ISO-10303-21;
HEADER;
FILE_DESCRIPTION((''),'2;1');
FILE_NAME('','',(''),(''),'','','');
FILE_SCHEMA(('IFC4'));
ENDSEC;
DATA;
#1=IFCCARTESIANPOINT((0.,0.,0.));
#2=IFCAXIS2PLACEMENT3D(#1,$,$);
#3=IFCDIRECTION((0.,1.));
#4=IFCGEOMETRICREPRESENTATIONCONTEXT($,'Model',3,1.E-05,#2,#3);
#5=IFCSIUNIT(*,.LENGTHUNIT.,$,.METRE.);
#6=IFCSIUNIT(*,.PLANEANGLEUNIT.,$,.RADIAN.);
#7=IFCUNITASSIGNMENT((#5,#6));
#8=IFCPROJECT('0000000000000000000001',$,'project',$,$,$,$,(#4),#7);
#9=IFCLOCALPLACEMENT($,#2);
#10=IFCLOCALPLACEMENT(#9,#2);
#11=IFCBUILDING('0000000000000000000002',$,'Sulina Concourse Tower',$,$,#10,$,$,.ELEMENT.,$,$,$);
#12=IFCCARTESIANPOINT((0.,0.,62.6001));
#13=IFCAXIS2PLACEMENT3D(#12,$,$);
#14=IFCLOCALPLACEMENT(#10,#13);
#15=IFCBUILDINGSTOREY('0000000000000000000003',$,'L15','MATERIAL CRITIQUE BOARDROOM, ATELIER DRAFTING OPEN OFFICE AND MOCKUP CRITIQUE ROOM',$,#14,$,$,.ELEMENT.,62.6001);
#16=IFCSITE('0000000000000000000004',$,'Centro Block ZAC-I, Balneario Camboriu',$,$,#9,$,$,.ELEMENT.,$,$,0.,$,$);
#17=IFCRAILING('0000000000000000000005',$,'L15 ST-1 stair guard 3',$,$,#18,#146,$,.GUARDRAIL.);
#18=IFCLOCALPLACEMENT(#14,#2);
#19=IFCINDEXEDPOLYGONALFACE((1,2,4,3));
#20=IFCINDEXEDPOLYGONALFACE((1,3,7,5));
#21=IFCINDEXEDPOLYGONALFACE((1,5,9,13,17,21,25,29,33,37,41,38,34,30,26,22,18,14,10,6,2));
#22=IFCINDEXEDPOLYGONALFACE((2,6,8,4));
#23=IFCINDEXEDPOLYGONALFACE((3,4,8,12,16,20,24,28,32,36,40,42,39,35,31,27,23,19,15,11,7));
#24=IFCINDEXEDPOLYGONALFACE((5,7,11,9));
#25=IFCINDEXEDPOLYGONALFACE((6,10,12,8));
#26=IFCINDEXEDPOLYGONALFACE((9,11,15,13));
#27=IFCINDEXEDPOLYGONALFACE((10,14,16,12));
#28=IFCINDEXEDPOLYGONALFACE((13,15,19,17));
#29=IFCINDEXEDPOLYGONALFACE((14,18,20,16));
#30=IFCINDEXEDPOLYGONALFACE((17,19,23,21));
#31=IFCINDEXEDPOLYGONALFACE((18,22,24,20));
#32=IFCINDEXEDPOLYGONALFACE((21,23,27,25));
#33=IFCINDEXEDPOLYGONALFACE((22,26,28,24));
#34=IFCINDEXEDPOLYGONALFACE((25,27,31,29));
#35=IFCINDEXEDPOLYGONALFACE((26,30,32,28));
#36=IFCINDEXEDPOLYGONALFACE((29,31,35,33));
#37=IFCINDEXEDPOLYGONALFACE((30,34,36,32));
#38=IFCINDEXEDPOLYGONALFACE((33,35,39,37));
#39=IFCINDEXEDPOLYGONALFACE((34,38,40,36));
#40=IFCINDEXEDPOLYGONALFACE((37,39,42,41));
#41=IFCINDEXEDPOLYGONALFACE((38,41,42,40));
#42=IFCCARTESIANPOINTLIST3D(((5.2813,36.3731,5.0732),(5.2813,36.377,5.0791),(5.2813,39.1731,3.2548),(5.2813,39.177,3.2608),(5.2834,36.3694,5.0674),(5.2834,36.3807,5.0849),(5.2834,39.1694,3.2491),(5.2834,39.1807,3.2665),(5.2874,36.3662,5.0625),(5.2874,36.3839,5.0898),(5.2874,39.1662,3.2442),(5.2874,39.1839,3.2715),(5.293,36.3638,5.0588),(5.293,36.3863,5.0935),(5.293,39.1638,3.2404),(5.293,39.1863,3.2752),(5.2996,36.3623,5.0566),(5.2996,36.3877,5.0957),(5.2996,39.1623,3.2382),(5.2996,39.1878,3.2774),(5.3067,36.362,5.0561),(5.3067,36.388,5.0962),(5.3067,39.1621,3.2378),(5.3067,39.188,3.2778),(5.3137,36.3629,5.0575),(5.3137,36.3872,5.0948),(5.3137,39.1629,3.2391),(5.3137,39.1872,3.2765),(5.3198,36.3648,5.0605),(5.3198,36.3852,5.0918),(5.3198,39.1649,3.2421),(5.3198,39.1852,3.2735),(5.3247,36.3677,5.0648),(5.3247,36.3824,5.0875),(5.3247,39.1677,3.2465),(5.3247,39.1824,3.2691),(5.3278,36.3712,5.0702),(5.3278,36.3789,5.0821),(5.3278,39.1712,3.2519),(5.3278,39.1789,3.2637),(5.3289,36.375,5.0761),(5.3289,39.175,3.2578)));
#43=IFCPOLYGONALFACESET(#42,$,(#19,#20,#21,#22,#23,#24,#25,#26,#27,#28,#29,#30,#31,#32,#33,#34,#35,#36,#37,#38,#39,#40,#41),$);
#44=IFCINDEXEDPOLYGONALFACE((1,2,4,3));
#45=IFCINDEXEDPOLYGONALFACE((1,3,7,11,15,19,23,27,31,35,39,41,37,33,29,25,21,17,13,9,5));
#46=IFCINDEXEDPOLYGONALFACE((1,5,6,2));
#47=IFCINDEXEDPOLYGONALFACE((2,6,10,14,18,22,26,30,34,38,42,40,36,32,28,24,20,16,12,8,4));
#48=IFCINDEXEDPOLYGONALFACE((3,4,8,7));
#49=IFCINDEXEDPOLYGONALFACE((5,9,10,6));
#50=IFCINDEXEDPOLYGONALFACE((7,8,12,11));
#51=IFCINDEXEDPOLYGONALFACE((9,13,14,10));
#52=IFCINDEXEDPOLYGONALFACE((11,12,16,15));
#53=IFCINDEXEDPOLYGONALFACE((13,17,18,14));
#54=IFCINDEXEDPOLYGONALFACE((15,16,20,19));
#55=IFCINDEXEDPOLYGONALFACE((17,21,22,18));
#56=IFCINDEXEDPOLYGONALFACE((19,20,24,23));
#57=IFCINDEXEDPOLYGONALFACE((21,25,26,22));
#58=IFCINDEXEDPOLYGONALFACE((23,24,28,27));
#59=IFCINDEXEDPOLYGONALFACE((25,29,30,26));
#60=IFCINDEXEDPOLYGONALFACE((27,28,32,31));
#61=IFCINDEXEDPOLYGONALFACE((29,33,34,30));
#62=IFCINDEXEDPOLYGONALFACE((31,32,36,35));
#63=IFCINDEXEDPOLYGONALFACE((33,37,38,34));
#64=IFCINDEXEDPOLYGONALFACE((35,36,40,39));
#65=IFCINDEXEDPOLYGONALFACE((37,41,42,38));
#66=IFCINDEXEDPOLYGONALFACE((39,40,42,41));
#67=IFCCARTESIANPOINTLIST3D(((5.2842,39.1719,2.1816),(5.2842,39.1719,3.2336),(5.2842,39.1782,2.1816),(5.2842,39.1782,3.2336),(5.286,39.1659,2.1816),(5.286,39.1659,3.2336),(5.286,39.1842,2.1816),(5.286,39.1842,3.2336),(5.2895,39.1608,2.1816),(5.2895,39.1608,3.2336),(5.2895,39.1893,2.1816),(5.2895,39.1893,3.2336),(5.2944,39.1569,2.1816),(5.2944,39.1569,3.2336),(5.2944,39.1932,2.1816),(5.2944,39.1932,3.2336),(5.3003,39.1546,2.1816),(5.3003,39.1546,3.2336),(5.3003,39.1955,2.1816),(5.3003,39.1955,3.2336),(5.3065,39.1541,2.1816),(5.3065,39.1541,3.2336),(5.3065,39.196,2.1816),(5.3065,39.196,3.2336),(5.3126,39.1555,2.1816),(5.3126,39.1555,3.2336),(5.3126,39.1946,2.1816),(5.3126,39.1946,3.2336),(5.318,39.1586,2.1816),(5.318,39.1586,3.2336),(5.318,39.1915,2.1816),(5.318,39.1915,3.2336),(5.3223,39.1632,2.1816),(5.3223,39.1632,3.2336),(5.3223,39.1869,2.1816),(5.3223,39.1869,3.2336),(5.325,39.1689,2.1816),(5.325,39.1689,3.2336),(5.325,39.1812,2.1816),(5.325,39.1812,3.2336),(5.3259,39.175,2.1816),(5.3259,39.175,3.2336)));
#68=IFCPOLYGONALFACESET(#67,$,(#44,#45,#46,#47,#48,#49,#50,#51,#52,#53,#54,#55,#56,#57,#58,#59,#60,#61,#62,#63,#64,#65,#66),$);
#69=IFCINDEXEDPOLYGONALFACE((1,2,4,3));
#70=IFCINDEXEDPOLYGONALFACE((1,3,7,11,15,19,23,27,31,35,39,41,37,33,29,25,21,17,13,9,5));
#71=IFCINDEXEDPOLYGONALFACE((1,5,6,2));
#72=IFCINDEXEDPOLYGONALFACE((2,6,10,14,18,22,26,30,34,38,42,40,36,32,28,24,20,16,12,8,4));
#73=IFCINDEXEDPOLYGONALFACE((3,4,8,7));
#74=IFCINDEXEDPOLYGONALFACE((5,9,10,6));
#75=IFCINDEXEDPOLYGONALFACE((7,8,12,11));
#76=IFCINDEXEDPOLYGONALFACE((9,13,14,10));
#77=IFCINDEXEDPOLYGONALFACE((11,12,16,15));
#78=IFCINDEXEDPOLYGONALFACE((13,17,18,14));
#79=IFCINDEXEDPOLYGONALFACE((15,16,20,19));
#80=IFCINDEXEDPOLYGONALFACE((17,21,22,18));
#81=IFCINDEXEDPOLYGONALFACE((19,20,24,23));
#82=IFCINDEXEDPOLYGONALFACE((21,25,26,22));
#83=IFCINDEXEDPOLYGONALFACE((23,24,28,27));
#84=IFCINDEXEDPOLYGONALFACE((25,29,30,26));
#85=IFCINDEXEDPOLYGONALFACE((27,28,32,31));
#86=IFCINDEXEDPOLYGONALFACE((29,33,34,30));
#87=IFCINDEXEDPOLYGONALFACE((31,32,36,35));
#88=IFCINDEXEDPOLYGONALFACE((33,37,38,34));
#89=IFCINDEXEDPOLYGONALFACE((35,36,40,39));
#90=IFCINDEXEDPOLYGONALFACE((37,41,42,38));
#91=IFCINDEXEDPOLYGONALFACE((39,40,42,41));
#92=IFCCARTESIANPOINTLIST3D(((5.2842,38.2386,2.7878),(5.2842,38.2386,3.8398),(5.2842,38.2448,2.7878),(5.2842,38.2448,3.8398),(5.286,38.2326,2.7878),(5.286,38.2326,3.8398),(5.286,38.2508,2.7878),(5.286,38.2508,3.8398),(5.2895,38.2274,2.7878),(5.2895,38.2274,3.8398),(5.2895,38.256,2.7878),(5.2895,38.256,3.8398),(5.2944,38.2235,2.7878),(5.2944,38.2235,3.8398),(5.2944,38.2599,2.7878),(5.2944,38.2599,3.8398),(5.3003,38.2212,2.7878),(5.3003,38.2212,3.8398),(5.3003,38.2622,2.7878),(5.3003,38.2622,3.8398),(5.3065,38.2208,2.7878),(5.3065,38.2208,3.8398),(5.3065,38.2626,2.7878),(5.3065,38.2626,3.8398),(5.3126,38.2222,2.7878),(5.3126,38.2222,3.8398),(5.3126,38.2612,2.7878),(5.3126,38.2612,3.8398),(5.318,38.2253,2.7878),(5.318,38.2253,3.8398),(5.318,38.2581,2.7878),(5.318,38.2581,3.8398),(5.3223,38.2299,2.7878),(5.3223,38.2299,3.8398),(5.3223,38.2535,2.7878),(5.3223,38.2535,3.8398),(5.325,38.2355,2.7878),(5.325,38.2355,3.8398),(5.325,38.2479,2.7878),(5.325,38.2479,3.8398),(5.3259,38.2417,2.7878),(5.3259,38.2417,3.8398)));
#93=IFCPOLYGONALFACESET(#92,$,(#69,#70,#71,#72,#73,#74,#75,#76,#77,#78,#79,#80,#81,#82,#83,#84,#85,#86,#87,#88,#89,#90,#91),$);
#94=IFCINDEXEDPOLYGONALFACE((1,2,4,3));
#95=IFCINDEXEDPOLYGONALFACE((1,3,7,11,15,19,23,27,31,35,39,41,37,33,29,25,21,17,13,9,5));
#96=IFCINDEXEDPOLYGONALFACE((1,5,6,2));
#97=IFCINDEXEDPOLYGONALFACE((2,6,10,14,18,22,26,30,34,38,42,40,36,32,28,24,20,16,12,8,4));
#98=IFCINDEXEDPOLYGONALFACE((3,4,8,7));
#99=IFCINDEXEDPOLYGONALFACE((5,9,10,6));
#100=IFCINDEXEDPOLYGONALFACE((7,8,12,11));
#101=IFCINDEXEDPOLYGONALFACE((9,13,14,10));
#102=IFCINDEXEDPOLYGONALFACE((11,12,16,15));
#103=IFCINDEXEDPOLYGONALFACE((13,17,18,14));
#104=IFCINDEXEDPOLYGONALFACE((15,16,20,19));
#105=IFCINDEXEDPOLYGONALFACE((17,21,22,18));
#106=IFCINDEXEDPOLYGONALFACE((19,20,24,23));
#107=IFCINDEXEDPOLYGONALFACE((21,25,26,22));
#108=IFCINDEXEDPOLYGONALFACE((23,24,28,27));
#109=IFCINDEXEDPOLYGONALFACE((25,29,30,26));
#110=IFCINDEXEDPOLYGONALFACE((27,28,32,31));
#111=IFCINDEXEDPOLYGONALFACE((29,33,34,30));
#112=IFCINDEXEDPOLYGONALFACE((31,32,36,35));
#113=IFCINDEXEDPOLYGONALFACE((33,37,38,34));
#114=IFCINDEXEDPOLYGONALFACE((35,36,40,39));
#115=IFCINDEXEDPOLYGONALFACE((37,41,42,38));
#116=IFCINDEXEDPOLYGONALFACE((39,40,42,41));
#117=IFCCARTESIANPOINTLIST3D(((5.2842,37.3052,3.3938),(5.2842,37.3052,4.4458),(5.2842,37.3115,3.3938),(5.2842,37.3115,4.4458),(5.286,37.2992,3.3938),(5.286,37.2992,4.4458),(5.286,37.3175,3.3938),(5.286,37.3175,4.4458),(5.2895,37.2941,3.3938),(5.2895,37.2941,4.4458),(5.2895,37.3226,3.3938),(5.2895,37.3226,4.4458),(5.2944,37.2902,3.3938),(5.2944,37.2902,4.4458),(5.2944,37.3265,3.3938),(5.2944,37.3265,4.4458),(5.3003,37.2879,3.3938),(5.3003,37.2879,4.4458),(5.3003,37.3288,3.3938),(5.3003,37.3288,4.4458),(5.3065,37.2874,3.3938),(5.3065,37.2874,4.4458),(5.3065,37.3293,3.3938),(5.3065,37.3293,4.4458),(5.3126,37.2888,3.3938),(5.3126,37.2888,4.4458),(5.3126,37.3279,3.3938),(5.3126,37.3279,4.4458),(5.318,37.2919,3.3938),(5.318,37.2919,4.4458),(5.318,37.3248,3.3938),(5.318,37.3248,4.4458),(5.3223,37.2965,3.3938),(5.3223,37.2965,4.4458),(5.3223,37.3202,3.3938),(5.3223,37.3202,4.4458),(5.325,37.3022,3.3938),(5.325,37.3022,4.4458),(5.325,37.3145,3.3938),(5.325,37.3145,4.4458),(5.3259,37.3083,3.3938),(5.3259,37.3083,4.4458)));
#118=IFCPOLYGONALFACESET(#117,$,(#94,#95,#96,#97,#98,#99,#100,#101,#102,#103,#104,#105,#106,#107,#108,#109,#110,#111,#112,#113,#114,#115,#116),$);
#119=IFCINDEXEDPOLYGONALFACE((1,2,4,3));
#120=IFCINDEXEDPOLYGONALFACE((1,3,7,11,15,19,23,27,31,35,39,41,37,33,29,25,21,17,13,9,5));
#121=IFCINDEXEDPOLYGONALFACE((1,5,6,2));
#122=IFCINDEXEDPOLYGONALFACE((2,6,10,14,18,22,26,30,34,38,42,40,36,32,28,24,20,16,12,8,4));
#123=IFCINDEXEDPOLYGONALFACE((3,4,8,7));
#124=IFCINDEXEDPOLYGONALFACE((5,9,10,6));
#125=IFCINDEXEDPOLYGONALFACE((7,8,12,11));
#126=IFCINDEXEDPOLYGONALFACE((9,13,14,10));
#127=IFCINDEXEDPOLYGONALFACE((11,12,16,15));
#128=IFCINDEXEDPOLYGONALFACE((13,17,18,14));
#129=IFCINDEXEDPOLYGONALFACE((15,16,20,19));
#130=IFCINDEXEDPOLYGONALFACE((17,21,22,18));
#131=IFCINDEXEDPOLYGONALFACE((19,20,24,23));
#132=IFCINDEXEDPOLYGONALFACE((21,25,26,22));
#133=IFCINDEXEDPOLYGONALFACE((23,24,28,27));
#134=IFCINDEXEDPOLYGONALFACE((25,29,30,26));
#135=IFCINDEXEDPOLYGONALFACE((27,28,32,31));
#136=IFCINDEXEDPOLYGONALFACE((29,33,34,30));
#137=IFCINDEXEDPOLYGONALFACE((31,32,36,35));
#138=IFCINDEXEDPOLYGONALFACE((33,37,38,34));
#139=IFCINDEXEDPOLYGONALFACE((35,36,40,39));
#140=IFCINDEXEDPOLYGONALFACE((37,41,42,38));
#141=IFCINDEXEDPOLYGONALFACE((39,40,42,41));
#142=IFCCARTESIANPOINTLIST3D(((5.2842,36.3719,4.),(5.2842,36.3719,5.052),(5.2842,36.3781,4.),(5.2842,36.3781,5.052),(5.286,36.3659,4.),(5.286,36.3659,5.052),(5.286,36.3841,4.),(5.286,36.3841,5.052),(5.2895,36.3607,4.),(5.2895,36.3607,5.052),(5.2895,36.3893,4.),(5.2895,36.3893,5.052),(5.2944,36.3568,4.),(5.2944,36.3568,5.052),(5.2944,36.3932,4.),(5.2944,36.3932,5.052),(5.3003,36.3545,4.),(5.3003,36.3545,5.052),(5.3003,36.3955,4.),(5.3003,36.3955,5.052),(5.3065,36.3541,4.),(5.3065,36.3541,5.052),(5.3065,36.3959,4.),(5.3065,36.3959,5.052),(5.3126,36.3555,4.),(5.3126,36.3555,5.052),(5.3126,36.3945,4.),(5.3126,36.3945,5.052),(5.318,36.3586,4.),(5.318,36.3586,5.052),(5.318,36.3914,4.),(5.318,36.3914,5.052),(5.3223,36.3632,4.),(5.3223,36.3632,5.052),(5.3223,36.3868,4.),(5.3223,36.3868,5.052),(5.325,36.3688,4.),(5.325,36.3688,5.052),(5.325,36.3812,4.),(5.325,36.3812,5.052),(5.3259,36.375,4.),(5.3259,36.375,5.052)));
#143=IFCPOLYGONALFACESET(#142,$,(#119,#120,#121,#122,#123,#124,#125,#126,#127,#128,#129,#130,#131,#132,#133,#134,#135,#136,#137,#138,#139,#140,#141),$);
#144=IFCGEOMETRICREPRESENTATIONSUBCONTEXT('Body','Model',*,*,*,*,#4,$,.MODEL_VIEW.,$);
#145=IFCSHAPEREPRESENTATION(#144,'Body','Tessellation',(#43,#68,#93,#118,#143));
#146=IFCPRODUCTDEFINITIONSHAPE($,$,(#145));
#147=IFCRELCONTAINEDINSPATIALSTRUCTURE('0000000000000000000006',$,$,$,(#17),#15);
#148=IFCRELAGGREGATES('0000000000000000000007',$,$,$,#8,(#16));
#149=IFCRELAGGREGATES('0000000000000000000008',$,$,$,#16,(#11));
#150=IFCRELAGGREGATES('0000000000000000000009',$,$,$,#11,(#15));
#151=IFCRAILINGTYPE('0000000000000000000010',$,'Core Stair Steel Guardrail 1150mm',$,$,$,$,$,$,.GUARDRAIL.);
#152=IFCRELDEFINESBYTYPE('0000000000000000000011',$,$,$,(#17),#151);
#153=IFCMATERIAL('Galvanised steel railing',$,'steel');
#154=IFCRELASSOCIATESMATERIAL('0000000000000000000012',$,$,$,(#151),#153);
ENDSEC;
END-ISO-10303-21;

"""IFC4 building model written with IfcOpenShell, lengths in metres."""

from ifc_helpers import new_model, si_unit, direction, frame, origin, origin_2d, place, context, subcontext, project, spatial, circle, extrude, material, type_object, element, save


model = new_model("IFC4")

# Units and contexts
model_context = context("Model", 3, precision=1e-05, world=origin(), true_north=direction((0.0, 1.0)))
body_context = subcontext(model_context, "Body", "Model", "MODEL_VIEW")
ifc_project = project(units=[si_unit("LENGTHUNIT", "METRE"), si_unit("PLANEANGLEUNIT", "RADIAN")], contexts=[model_context])

# Site, building, storey
site_placement = place(None, origin())
site = spatial("IfcSite", under=ifc_project, at=site_placement, Name="Centro Block ZAC-I, Balneario Camboriu", CompositionType="ELEMENT", RefElevation=0.0)
building_placement = place(site_placement, origin())
building = spatial("IfcBuilding", under=site, at=building_placement, Name="Sulina Concourse Tower", CompositionType="ELEMENT")
storey_placement = place(building_placement, frame((0.0, 0.0, 62.6001)))
storey = spatial("IfcBuildingStorey", under=building, at=storey_placement, Name="L15", Description="MATERIAL CRITIQUE BOARDROOM, ATELIER DRAFTING OPEN OFFICE AND MOCKUP CRITIQUE ROOM", CompositionType="ELEMENT", Elevation=62.6001)

# Railing
ifc_material_1 = material(Name="Galvanised steel railing", Category="steel")
railing_type_1 = type_object("IfcRailingType", Name="Core Stair Steel Guardrail 1150mm", PredefinedType="GUARDRAIL", material=ifc_material_1)
railing_1_placement = place(storey_placement, frame((5.3049, 39.175, 2.1816)))
element("IfcRailing", 1, at=railing_1_placement, inside=storey, type_object=railing_type_1, Name="L15 ST-1 stair guard 3", PredefinedType="GUARDRAIL", context=body_context, shape_type="SweptSolid", body=[
    extrude(circle(Radius=0.0239, at=origin_2d()), frame((0.0, 0.0, 1.0762), z_axis=(0.0, -0.838672, 0.544636), x_axis=(1.0, 0.0, 0.0)), (0.0, 0.0, 1.0), 3.3386),
    extrude(circle(Radius=0.021, at=origin_2d()), origin(), (0.0, 0.0, 1.0), 1.052),
    extrude(circle(Radius=0.021, at=origin_2d()), frame((0.0, -0.9333, 0.6062)), (0.0, 0.0, 1.0), 1.052),
    extrude(circle(Radius=0.021, at=origin_2d()), frame((0.0, -1.8667, 1.2122)), (0.0, 0.0, 1.0), 1.052),
    extrude(circle(Radius=0.021, at=origin_2d()), frame((0.0, -2.8, 1.8184)), (0.0, 0.0, 1.0), 1.052),
])

save(model, "model.ifc")
